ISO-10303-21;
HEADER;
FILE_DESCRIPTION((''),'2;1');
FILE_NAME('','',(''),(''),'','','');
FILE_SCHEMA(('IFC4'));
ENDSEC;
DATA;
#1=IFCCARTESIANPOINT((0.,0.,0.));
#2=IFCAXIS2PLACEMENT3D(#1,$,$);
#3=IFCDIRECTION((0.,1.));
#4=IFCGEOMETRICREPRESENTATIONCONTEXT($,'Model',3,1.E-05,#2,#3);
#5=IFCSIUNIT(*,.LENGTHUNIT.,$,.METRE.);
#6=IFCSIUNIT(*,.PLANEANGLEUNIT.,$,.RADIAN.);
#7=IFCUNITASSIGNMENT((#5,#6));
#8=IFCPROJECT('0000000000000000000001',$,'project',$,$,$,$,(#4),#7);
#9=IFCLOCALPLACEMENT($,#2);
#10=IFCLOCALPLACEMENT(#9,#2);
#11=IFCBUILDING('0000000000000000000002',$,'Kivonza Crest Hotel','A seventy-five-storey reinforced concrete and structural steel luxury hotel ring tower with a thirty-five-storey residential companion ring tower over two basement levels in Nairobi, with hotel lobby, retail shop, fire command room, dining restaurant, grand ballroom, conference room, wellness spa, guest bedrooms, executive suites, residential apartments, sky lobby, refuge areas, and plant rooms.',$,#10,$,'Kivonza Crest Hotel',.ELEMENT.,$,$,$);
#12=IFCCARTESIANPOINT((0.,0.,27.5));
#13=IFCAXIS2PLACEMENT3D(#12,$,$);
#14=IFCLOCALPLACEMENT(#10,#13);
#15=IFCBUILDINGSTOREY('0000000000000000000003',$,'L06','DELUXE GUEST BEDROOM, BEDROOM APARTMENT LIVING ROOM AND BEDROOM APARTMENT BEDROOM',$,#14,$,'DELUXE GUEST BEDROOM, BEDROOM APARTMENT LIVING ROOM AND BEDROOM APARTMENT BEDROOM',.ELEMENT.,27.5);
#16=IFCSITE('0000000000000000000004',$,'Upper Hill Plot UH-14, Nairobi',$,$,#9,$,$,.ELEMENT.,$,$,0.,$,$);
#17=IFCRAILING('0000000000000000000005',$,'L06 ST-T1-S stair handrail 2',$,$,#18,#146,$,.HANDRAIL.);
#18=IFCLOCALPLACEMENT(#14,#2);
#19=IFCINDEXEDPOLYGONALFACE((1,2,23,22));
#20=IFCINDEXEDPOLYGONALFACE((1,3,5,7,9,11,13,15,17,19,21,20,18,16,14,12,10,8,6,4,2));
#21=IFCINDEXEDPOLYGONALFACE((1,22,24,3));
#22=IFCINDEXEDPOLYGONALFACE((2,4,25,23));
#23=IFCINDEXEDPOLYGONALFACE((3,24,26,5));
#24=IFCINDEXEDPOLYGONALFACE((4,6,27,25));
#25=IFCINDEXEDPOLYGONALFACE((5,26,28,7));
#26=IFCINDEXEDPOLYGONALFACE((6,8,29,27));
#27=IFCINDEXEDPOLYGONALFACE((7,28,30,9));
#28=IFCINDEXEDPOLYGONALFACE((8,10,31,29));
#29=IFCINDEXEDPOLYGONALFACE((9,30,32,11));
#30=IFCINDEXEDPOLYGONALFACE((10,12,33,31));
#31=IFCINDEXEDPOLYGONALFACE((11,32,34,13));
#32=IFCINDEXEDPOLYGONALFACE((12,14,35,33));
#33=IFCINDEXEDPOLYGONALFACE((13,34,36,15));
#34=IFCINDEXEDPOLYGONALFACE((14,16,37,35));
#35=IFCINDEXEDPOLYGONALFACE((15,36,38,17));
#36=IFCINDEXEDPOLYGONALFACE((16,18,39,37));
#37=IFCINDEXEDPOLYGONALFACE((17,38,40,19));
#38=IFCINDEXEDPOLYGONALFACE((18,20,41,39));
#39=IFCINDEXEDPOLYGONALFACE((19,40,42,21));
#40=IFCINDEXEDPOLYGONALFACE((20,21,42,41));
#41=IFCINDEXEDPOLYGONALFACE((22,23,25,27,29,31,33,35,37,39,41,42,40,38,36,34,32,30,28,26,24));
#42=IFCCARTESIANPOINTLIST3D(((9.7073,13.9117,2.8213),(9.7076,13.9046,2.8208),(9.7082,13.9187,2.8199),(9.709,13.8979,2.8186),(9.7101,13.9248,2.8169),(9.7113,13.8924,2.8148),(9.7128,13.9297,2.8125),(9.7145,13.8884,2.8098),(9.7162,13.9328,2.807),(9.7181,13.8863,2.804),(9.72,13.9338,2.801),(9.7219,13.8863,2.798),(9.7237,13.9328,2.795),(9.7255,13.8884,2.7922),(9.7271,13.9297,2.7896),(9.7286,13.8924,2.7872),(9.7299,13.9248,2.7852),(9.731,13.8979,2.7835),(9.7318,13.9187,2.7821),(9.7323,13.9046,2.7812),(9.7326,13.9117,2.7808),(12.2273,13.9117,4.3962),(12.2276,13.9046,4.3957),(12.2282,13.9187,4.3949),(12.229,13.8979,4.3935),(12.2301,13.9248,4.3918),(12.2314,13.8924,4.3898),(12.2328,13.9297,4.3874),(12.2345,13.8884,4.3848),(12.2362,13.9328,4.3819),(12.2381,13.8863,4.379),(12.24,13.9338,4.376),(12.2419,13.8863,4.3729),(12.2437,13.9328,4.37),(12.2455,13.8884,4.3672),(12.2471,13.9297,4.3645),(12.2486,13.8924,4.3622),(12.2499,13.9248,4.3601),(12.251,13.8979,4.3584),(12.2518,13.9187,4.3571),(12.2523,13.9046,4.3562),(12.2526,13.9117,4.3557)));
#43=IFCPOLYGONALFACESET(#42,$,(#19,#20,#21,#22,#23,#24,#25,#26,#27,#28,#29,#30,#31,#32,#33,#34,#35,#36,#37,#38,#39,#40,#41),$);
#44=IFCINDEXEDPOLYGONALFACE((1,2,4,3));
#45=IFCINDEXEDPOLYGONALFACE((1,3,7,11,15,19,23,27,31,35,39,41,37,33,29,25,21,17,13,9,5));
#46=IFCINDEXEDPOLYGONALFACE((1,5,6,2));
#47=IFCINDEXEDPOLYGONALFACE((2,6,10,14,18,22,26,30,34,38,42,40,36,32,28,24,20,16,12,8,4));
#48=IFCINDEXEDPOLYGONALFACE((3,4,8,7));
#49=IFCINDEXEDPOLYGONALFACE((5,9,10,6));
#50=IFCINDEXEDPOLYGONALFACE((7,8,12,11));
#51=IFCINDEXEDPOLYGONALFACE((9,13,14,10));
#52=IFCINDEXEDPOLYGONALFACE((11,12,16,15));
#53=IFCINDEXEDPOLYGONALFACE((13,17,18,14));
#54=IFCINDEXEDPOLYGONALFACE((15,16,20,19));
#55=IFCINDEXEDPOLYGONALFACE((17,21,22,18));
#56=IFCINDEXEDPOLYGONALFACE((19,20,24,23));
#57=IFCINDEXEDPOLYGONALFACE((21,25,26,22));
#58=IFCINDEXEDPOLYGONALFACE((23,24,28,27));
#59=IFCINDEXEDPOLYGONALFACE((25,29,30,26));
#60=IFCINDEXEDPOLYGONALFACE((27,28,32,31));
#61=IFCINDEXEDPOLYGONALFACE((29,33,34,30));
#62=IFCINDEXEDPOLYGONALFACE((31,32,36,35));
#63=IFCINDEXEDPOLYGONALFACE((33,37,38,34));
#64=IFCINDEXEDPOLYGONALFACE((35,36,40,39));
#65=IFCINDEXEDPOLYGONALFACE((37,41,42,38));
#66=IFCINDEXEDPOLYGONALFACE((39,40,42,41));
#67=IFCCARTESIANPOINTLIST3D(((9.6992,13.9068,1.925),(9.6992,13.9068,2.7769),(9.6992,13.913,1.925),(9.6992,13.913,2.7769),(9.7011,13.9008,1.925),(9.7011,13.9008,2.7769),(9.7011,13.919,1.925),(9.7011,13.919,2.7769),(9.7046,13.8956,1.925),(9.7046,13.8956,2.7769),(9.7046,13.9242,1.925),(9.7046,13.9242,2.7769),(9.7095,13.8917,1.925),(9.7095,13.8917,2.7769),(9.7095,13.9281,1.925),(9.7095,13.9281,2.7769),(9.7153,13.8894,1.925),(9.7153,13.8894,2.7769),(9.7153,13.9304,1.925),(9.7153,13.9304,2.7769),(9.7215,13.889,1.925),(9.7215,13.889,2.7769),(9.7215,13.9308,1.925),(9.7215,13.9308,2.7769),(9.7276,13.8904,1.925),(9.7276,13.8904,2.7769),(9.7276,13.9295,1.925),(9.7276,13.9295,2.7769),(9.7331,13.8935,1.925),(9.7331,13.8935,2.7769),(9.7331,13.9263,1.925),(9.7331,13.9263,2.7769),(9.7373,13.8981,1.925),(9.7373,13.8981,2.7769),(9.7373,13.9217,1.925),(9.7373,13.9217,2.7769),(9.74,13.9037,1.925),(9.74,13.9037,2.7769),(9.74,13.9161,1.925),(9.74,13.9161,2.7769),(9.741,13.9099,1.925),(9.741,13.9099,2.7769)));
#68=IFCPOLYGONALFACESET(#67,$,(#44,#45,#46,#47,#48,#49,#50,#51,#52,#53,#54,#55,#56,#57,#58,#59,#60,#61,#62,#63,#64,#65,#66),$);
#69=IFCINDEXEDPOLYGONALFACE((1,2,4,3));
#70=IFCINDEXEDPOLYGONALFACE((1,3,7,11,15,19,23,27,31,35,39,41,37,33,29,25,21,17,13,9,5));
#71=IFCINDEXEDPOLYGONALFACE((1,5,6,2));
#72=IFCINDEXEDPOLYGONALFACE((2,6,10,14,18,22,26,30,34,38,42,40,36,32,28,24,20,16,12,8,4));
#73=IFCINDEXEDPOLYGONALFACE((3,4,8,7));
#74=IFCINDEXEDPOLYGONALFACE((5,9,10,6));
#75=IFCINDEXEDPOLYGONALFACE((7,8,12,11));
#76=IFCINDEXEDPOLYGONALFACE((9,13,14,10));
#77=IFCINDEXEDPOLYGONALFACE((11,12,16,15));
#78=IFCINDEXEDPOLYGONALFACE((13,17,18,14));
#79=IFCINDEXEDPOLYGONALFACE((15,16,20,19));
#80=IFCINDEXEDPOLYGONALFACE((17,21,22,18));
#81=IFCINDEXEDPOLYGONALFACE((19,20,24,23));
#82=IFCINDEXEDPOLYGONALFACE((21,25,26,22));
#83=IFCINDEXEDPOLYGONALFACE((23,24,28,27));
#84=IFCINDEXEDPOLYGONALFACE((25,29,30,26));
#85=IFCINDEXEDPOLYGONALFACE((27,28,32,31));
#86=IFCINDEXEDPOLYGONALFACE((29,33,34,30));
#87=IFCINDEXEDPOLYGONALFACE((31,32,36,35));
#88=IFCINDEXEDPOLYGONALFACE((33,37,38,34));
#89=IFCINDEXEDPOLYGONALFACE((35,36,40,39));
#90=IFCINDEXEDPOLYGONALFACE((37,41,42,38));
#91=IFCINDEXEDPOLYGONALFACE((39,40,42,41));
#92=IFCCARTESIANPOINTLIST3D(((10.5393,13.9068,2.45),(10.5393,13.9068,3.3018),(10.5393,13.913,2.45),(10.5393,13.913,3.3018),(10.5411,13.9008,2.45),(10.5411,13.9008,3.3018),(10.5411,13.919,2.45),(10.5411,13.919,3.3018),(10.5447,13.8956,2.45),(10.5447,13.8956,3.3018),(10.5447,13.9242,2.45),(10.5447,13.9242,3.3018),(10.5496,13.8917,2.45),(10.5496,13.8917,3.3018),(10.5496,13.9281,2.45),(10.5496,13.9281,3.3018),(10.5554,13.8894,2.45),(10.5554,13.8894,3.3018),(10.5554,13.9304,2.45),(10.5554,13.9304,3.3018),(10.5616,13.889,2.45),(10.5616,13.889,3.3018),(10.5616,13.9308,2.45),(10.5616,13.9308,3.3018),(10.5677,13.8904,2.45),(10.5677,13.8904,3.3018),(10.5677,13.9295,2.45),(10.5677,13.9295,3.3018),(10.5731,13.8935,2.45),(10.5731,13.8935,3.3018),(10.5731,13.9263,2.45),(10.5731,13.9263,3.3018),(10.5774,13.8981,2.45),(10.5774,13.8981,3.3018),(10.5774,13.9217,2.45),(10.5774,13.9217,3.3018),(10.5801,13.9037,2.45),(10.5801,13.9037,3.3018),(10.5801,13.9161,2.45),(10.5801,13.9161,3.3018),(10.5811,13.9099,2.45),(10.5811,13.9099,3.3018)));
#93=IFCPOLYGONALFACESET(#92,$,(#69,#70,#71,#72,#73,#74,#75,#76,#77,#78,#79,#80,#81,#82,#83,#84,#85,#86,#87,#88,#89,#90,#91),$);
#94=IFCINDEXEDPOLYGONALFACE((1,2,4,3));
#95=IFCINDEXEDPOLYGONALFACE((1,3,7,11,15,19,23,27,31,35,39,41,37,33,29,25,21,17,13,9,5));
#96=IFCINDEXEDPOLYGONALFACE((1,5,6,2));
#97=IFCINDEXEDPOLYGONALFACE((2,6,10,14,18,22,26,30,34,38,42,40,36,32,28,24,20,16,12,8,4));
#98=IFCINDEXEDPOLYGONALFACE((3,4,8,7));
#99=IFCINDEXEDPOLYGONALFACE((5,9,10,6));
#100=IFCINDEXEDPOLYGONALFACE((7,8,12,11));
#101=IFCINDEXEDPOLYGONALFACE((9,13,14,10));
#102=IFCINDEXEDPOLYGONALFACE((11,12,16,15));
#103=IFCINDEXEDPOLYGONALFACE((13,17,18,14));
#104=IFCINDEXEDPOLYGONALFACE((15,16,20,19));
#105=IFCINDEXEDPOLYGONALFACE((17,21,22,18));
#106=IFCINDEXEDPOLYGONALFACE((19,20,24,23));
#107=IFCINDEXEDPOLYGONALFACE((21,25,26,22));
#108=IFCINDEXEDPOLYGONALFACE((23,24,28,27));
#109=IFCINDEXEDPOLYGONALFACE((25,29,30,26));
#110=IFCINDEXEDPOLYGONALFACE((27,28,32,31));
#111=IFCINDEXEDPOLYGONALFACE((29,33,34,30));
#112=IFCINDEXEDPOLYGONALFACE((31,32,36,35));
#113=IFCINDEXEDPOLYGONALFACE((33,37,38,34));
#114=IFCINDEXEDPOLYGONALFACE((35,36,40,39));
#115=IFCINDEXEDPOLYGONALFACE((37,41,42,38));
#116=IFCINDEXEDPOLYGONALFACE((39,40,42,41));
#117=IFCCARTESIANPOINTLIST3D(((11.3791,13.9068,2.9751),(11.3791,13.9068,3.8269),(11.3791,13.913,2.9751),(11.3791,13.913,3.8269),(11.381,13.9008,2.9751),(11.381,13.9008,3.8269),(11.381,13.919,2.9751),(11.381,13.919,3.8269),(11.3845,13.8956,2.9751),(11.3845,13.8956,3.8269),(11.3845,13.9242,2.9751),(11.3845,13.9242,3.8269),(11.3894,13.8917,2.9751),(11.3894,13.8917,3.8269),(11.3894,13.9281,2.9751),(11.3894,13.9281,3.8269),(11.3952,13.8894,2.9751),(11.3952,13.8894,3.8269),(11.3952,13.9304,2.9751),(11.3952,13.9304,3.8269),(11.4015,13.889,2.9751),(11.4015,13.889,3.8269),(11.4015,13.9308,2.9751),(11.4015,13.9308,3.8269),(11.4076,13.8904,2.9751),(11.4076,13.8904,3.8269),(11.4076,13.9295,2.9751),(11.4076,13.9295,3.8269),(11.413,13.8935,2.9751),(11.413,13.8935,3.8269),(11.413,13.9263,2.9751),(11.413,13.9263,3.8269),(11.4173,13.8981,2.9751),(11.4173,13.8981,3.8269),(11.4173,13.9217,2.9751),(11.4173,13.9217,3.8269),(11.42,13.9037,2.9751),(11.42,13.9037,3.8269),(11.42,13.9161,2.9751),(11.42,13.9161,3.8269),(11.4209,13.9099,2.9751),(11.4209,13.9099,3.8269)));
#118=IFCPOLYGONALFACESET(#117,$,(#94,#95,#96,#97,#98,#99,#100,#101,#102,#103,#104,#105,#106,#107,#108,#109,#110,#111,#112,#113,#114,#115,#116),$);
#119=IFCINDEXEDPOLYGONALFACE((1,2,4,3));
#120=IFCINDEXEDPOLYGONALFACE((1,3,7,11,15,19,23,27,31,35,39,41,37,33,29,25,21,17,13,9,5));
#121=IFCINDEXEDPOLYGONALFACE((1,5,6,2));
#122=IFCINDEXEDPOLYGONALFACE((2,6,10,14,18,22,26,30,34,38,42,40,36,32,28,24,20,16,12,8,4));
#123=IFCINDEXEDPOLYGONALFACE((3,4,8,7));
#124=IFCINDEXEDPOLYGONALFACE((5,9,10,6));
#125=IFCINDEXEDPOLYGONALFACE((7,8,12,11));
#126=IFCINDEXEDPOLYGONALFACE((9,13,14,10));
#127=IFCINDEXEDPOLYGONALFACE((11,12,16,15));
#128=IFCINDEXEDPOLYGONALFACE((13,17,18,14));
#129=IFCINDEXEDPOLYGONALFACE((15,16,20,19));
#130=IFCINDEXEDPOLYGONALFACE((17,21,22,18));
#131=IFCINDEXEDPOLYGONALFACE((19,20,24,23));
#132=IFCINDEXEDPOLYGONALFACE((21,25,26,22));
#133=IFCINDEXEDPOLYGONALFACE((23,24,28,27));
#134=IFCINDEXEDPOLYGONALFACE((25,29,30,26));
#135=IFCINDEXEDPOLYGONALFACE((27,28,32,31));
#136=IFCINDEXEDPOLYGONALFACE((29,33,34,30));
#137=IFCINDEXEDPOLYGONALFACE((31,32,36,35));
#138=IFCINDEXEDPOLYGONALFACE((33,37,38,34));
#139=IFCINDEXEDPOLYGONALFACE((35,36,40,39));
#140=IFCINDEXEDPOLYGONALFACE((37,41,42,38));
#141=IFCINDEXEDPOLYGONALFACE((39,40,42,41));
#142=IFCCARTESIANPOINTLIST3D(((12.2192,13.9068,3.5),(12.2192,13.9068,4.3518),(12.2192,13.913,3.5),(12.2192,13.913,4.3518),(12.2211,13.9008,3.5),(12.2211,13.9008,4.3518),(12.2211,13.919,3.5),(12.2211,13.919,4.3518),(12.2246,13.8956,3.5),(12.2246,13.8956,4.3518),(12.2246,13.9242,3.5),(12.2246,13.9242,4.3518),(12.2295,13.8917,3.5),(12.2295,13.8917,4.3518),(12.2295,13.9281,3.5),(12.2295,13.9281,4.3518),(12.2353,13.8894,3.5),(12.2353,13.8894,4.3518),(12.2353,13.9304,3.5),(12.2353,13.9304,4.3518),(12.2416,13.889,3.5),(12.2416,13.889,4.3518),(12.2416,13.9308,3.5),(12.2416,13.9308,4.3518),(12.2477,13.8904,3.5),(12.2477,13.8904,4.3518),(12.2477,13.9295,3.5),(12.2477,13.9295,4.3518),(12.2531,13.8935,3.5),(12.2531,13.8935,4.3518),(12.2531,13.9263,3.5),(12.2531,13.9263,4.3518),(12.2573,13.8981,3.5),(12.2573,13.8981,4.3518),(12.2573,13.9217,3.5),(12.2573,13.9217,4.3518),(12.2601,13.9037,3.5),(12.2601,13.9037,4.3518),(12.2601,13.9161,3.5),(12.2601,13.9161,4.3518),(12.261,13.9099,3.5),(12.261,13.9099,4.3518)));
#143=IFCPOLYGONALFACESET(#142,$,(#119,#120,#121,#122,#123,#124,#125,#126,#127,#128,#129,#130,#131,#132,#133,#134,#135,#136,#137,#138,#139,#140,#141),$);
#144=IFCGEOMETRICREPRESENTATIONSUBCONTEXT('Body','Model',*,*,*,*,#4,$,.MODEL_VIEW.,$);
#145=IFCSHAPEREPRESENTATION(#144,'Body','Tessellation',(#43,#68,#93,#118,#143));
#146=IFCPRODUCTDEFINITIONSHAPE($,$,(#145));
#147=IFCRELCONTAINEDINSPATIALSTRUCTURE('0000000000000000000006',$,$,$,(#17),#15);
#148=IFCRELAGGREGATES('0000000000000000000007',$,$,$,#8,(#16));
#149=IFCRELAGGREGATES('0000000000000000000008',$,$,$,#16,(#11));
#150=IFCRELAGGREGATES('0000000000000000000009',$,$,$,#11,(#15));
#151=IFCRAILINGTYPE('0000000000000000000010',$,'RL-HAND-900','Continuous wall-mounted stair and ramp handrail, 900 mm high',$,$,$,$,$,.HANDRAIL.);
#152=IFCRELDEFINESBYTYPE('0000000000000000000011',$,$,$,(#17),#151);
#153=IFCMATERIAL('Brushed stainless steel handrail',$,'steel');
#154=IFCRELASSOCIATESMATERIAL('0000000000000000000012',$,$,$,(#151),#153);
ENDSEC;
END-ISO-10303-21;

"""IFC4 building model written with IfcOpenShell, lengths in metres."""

from ifc_helpers import new_model, si_unit, direction, frame, origin, origin_2d, place, context, subcontext, project, spatial, circle, extrude, material, type_object, element, save


model = new_model("IFC4")

# Units and contexts
model_context = context("Model", 3, precision=1e-05, world=origin(), true_north=direction((0.0, 1.0)))
body_context = subcontext(model_context, "Body", "Model", "MODEL_VIEW")
ifc_project = project(units=[si_unit("LENGTHUNIT", "METRE"), si_unit("PLANEANGLEUNIT", "RADIAN")], contexts=[model_context])

# Site, building, storey
site_placement = place(None, origin())
site = spatial("IfcSite", under=ifc_project, at=site_placement, Name="Upper Hill Plot UH-14, Nairobi", CompositionType="ELEMENT", RefElevation=0.0)
building_placement = place(site_placement, origin())
building = spatial("IfcBuilding", under=site, at=building_placement, Name="Kivonza Crest Hotel", Description="A seventy-five-storey reinforced concrete and structural steel luxury hotel ring tower with a thirty-five-storey residential companion ring tower over two basement levels in Nairobi, with hotel lobby, retail shop, fire command room, dining restaurant, grand ballroom, conference room, wellness spa, guest bedrooms, executive suites, residential apartments, sky lobby, refuge areas, and plant rooms.", LongName="Kivonza Crest Hotel", CompositionType="ELEMENT")
storey_placement = place(building_placement, frame((0.0, 0.0, 27.5)))
storey = spatial("IfcBuildingStorey", under=building, at=storey_placement, Name="L06", Description="DELUXE GUEST BEDROOM, BEDROOM APARTMENT LIVING ROOM AND BEDROOM APARTMENT BEDROOM", LongName="DELUXE GUEST BEDROOM, BEDROOM APARTMENT LIVING ROOM AND BEDROOM APARTMENT BEDROOM", CompositionType="ELEMENT", Elevation=27.5)

# Railing
ifc_material_1 = material(Name="Brushed stainless steel handrail", Category="steel")
railing_type_1 = type_object("IfcRailingType", Name="RL-HAND-900", Description="Continuous wall-mounted stair and ramp handrail, 900 mm high", PredefinedType="HANDRAIL", material=ifc_material_1)
railing_1_placement = place(storey_placement, frame((9.72, 13.9099, 1.925)))
element("IfcRailing", 1, at=railing_1_placement, inside=storey, type_object=railing_type_1, Name="L06 ST-T1-S stair handrail 2", PredefinedType="HANDRAIL", context=body_context, shape_type="SweptSolid", body=[
    extrude(circle(Radius=0.0239, at=origin_2d()), frame((0.0, 0.0, 0.876), z_axis=(0.848008, 0.0, 0.529984), x_axis=(0.0, 1.0, 0.0)), (0.0, 0.0, 1.0), 2.9717),
    extrude(circle(Radius=0.021, at=origin_2d()), origin(), (0.0, 0.0, 1.0), 0.8518),
    extrude(circle(Radius=0.021, at=origin_2d()), frame((0.8401, 0.0, 0.5249)), (0.0, 0.0, 1.0), 0.8518),
    extrude(circle(Radius=0.021, at=origin_2d()), frame((1.6799, 0.0, 1.05)), (0.0, 0.0, 1.0), 0.8518),
    extrude(circle(Radius=0.021, at=origin_2d()), frame((2.52, 0.0, 1.575)), (0.0, 0.0, 1.0), 0.8518),
])

save(model, "model.ifc")
